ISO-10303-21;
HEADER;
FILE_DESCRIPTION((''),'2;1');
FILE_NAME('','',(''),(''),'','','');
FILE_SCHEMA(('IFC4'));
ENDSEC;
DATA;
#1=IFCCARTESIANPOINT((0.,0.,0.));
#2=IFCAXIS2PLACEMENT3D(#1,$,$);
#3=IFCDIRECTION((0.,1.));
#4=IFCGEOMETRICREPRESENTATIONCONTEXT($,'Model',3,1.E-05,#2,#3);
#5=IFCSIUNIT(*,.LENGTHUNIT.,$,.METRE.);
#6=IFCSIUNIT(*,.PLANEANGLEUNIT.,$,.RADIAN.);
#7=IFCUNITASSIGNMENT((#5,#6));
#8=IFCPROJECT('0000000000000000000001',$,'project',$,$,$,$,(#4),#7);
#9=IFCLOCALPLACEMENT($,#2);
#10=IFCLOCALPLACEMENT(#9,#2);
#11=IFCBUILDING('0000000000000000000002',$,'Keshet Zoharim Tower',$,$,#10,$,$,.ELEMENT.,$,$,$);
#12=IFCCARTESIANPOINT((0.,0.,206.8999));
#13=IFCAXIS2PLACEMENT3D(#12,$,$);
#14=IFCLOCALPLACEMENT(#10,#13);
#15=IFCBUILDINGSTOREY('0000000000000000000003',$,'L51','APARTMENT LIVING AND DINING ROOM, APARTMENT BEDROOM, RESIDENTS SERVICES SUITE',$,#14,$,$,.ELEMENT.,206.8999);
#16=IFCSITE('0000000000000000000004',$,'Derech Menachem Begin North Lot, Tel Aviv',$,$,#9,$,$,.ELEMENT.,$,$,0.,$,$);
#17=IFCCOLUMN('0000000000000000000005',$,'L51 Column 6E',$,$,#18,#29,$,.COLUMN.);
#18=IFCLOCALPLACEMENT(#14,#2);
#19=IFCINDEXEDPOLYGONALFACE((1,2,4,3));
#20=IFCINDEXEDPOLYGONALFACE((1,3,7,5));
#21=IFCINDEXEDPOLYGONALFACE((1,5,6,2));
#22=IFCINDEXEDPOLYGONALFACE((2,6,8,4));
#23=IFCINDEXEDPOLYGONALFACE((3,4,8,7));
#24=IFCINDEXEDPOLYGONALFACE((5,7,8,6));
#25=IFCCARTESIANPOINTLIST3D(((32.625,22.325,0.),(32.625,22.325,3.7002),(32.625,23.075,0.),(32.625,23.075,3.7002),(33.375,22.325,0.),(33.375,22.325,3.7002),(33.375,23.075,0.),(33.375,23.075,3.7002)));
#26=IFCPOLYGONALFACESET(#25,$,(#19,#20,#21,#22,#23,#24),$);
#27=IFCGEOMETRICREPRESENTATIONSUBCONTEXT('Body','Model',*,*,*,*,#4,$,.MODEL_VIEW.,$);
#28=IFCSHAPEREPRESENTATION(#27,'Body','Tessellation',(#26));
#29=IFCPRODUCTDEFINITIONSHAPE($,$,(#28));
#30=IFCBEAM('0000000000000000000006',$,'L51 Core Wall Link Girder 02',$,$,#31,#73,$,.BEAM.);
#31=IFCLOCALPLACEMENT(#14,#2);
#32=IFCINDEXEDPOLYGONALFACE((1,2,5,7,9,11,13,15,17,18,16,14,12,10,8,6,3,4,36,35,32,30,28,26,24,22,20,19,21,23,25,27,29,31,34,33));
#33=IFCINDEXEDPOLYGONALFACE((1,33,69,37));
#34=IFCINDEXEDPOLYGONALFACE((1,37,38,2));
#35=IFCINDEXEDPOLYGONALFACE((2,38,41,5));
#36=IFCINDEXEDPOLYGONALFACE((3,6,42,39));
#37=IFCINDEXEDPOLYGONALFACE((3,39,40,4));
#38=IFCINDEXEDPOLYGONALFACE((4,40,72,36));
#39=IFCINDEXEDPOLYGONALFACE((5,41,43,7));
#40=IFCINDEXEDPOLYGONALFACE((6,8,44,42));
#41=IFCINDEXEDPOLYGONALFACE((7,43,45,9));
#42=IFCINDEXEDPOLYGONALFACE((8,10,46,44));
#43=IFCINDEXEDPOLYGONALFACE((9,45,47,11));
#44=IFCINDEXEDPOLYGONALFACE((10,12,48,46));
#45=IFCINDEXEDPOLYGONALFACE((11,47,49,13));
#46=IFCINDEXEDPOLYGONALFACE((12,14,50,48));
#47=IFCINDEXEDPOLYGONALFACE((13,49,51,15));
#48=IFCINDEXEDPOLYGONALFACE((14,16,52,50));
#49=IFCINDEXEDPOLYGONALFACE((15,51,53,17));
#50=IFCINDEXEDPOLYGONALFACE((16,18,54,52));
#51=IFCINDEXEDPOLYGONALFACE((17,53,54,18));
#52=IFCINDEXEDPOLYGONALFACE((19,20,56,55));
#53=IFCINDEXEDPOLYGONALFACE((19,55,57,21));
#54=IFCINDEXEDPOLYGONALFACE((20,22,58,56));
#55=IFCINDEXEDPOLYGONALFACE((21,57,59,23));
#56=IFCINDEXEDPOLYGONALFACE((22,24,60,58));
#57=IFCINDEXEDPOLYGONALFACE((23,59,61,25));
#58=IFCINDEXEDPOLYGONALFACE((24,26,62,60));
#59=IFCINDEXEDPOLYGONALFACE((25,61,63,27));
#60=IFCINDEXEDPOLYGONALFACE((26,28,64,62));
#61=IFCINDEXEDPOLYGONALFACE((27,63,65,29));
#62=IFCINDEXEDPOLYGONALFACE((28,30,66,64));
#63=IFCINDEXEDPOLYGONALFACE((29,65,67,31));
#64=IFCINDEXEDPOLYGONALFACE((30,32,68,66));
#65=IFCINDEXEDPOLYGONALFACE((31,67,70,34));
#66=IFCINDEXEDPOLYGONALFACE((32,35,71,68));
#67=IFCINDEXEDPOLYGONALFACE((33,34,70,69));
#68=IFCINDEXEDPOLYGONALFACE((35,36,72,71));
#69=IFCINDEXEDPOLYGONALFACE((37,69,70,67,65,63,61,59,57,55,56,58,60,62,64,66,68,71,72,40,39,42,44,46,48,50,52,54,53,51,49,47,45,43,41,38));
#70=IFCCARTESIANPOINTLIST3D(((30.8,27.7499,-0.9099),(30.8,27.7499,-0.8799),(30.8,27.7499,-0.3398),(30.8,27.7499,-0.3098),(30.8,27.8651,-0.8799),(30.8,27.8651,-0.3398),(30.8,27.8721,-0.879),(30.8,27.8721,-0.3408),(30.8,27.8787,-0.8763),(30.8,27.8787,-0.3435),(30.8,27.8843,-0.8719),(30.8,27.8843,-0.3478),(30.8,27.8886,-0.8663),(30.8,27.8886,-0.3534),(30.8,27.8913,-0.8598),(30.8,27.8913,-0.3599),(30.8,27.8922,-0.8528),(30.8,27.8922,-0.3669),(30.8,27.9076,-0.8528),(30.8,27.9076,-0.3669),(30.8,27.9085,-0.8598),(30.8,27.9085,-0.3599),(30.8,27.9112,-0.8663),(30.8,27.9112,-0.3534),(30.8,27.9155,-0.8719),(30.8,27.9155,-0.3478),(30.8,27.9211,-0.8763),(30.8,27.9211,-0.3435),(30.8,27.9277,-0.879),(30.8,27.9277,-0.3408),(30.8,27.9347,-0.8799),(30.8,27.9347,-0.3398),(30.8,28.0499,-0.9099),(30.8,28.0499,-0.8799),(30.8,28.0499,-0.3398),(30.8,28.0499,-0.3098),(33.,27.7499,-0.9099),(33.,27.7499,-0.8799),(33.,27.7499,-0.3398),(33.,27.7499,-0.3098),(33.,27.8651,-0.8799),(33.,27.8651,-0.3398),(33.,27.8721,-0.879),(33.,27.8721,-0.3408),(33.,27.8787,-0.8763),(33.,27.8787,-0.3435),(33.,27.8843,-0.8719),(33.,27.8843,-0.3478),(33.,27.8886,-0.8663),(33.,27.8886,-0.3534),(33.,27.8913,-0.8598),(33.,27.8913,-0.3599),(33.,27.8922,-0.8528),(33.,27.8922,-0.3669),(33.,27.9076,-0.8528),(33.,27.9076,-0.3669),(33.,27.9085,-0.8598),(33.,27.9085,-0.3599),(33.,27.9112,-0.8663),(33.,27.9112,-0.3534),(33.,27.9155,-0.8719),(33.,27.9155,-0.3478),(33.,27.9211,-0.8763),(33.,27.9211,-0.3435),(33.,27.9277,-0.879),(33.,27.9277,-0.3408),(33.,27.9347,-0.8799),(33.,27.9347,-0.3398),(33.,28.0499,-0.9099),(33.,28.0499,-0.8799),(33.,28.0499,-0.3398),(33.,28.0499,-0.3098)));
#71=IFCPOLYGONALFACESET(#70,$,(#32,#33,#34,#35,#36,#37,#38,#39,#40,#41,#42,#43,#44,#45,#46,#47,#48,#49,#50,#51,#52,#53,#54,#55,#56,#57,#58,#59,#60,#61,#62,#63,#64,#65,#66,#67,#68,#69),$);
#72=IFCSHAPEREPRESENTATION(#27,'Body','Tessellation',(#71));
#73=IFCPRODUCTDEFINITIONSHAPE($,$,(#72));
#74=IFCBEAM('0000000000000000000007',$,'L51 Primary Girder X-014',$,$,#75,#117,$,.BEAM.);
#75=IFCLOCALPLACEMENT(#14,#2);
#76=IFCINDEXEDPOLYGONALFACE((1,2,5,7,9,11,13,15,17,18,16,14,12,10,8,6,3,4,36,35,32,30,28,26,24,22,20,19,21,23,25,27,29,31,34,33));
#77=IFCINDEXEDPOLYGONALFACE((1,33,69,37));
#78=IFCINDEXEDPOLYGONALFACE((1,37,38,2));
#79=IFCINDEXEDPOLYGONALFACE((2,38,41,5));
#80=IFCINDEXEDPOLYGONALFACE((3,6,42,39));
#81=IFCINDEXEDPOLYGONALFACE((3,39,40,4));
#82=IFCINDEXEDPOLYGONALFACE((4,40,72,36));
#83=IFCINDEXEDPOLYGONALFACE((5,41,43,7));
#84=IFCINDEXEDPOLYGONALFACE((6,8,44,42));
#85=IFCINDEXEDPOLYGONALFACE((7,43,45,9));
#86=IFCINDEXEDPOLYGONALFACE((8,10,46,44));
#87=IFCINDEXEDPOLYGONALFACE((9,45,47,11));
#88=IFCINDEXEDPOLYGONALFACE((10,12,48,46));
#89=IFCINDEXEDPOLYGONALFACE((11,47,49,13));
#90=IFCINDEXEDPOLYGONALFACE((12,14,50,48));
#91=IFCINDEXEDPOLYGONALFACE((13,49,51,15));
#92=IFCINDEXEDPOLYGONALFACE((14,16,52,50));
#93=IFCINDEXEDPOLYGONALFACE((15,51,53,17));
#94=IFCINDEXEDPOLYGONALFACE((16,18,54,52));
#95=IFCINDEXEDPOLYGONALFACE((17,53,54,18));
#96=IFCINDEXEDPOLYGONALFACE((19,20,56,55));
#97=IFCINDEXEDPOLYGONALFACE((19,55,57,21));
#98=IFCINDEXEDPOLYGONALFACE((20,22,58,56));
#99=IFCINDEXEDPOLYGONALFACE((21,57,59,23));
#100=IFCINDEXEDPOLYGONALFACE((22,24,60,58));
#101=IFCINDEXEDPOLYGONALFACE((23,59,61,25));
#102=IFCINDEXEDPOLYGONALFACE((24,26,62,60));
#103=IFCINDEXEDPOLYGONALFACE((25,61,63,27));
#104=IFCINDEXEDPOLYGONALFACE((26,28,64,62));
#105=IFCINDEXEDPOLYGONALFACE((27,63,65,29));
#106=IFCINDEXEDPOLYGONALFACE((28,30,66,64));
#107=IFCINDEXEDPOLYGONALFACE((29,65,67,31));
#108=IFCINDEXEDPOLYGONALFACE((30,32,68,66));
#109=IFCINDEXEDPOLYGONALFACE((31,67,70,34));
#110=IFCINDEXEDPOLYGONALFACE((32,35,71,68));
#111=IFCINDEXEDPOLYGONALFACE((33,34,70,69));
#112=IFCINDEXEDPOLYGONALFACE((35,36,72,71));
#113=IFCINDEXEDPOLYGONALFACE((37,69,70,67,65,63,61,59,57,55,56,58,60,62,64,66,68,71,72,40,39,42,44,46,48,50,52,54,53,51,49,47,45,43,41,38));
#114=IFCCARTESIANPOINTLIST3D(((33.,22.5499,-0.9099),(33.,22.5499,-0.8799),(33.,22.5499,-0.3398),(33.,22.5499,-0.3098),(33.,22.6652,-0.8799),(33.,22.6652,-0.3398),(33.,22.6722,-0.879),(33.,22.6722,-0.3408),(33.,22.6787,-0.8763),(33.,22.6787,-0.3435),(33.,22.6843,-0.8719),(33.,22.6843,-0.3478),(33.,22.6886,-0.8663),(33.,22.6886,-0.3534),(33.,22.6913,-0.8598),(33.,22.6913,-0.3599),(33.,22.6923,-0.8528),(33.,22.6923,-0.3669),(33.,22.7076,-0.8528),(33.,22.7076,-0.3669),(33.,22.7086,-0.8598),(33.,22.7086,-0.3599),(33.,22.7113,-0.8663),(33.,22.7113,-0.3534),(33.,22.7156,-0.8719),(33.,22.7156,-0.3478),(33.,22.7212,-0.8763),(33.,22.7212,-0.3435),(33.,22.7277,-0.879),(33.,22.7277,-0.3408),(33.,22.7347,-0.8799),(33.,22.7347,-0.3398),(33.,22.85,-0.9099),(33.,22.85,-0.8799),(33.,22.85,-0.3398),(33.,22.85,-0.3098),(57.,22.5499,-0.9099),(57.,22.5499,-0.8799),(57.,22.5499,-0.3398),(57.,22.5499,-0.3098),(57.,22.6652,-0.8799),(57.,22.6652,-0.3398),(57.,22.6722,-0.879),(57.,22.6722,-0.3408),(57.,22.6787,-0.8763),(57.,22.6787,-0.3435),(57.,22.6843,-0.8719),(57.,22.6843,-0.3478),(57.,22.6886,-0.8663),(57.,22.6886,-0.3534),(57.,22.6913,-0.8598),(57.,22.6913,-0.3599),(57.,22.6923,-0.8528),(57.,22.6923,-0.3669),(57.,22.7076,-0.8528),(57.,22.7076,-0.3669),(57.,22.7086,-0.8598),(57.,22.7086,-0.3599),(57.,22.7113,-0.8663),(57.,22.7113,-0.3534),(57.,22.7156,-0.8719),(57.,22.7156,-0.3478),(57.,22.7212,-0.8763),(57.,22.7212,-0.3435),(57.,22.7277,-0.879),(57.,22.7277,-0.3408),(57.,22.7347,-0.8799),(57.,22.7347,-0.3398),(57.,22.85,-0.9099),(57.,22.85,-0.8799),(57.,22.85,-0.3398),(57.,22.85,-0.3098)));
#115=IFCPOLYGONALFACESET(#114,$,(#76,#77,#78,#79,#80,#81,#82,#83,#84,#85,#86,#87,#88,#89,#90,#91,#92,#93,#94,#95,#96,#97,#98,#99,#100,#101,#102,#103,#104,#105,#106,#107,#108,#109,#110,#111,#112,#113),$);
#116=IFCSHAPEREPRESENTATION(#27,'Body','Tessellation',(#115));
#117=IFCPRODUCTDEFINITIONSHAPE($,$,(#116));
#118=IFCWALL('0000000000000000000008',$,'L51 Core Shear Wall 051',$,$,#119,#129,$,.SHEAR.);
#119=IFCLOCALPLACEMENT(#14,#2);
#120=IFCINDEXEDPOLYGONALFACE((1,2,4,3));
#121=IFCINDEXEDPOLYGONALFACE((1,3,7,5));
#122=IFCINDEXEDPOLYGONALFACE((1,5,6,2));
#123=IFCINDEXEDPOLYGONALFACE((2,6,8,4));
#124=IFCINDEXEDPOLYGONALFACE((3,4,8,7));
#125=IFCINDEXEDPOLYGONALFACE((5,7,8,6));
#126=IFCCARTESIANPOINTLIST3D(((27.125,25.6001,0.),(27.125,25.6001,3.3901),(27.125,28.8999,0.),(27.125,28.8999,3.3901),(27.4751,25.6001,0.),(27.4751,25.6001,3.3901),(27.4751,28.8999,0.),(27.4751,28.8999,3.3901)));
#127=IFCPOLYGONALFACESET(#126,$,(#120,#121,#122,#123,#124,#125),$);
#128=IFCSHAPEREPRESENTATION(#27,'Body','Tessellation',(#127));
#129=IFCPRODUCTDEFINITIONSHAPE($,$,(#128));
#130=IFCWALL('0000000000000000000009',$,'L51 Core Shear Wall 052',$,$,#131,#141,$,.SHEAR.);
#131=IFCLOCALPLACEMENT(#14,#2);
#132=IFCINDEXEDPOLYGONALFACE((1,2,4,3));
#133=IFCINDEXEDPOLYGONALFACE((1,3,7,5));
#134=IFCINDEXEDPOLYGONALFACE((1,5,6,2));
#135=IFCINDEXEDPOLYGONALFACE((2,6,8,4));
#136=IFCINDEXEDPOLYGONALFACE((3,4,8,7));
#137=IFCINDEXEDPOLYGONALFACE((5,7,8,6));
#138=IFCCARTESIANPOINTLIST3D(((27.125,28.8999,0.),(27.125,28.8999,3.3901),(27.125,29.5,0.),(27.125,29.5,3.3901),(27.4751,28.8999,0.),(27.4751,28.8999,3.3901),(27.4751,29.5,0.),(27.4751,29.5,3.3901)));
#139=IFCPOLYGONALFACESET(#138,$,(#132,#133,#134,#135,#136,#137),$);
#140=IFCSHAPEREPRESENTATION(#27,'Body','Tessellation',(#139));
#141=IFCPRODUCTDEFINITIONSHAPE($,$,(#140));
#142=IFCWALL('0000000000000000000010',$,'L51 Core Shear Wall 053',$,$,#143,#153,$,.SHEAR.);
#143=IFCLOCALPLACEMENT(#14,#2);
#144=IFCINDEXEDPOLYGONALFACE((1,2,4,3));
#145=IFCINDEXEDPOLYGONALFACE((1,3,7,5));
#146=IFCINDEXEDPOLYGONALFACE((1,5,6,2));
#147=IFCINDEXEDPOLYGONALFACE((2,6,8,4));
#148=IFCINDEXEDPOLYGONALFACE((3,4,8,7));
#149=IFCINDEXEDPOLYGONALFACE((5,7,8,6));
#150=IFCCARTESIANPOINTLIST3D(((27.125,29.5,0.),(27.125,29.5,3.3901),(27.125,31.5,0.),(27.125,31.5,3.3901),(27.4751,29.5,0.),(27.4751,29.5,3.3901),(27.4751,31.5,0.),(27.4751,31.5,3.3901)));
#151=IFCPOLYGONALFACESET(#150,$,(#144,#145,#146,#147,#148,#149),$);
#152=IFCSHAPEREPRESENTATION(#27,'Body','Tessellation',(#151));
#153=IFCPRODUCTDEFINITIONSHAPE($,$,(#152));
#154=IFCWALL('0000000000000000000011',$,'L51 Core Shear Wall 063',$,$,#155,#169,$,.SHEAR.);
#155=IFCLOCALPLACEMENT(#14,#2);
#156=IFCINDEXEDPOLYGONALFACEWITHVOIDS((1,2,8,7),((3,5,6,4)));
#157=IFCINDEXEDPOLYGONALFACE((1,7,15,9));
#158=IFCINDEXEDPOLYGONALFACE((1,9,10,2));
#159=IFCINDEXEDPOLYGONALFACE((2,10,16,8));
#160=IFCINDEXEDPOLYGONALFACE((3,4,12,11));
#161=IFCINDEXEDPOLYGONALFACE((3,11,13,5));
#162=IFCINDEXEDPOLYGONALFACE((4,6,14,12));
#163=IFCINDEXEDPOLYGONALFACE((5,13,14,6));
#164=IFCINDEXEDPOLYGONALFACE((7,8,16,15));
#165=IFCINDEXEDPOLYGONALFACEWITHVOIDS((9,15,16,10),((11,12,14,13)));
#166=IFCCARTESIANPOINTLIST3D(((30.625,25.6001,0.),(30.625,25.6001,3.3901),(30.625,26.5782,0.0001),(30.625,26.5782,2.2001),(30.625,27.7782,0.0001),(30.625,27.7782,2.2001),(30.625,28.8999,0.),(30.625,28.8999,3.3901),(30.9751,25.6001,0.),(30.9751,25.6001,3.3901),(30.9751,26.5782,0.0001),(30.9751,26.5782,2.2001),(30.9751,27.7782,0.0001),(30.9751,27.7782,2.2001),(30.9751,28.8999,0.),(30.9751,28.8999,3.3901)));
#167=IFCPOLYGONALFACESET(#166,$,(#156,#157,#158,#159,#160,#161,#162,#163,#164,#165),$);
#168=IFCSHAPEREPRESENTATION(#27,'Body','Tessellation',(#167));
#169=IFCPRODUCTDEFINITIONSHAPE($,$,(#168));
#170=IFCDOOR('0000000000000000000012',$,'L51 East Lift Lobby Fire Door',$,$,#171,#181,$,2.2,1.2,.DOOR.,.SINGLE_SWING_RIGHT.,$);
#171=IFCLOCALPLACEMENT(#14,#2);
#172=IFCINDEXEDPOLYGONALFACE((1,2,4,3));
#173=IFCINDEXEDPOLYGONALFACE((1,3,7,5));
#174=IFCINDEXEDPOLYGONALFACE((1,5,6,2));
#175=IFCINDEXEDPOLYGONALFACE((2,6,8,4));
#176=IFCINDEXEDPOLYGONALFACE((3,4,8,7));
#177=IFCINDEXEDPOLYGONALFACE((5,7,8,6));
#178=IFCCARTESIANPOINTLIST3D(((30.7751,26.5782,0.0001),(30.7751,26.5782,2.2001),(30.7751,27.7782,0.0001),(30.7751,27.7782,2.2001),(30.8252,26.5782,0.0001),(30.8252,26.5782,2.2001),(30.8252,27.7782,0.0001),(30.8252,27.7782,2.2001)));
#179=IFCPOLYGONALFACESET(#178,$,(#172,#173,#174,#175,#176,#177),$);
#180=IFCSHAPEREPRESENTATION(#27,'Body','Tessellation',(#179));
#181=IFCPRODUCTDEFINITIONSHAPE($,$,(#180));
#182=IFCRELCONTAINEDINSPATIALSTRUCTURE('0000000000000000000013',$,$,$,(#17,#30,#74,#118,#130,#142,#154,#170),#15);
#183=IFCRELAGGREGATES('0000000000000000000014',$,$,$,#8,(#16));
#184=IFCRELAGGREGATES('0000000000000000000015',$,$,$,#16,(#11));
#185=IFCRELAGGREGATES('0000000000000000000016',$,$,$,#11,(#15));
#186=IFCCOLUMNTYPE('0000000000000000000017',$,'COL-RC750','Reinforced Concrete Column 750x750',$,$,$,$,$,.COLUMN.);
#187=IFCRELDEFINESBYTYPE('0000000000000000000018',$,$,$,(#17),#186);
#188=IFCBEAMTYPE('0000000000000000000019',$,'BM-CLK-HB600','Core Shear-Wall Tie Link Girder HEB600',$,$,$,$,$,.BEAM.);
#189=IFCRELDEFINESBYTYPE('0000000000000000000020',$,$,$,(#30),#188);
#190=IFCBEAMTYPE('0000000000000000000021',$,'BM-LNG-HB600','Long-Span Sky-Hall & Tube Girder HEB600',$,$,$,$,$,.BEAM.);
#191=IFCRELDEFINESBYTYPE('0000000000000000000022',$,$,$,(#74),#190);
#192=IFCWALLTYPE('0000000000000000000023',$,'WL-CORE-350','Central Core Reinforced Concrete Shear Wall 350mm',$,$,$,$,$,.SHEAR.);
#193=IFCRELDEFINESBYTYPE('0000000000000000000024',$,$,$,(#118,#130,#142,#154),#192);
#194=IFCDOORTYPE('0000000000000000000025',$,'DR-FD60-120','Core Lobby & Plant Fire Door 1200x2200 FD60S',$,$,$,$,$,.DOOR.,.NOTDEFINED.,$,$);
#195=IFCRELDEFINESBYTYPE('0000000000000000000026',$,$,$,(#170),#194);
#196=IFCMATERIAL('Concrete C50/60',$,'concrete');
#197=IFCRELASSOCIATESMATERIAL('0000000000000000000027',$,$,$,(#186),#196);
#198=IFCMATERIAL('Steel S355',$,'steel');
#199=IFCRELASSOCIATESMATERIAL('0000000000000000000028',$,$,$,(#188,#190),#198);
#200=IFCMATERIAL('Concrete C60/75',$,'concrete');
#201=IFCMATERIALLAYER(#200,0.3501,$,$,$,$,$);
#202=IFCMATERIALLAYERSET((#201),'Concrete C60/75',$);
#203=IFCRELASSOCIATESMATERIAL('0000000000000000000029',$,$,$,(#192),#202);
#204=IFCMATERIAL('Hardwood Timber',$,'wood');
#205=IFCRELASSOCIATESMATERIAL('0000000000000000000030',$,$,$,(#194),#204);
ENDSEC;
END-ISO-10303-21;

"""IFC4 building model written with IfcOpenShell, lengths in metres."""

from ifc_helpers import new_model, si_unit, direction, frame, frame_2d, origin, origin_2d, place, context, subcontext, project, spatial, rectangle, i_section, extrude, material, layer, layer_set, material_profile, profile_set, type_object, element, fill, save


model = new_model("IFC4")

# Units and contexts
model_context = context("Model", 3, precision=1e-05, world=origin(), true_north=direction((0.0, 1.0)))
body_context = subcontext(model_context, "Body", "Model", "MODEL_VIEW")
ifc_project = project(units=[si_unit("LENGTHUNIT", "METRE"), si_unit("PLANEANGLEUNIT", "RADIAN")], contexts=[model_context])

# Site, building, storey
site_placement = place(None, origin())
site = spatial("IfcSite", under=ifc_project, at=site_placement, Name="Derech Menachem Begin North Lot, Tel Aviv", CompositionType="ELEMENT", RefElevation=0.0)
building_placement = place(site_placement, origin())
building = spatial("IfcBuilding", under=site, at=building_placement, Name="Keshet Zoharim Tower", CompositionType="ELEMENT")
storey_placement = place(building_placement, frame((0.0, 0.0, 206.8999)))
storey = spatial("IfcBuildingStorey", under=building, at=storey_placement, Name="L51", Description="APARTMENT LIVING AND DINING ROOM, APARTMENT BEDROOM, RESIDENTS SERVICES SUITE", CompositionType="ELEMENT", Elevation=206.8999)

# Column
ifc_material_1 = material(Name="Concrete C50/60", Category="concrete")
ifc_material_profile_1 = material_profile(ifc_material_1, rectangle(XDim=0.75, YDim=0.75, at=origin_2d()), Name="RC750x750")
ifc_profile_set_1 = profile_set([ifc_material_profile_1], Name="Concrete C50/60")
column_type = type_object("IfcColumnType", Name="COL-RC750", Description="Reinforced Concrete Column 750x750", PredefinedType="COLUMN", material=ifc_profile_set_1)
column_placement = place(storey_placement, frame((33.0, 22.7, 0.0), z_axis=(0.0, 0.0, 1.0), x_axis=(1.0, 0.0, 0.0)))
element("IfcColumn", 1, at=column_placement, inside=storey, type_object=column_type, Name="L51 Column 6E", PredefinedType="COLUMN", context=body_context, shape_type="SweptSolid", body=[
    extrude(rectangle(XDim=0.75, YDim=0.75, at=origin_2d()), origin(), (0.0, 0.0, 1.0), 3.7002),
])

# Beams
ifc_material_2 = material(Name="Steel S355", Category="steel")
ifc_material_profile_2 = material_profile(ifc_material_2, i_section(OverallWidth=0.3, OverallDepth=0.6001, WebThickness=0.0154, FlangeThickness=0.03, FilletRadius=0.0271, at=origin_2d()), Name="HEB600")
ifc_profile_set_2 = profile_set([ifc_material_profile_2], Name="Steel S355")
beam_type_1 = type_object("IfcBeamType", Name="BM-CLK-HB600", Description="Core Shear-Wall Tie Link Girder HEB600", PredefinedType="BEAM", material=ifc_profile_set_2)
beam_1_placement = place(storey_placement, frame((30.8, 27.8999, -0.6099), z_axis=(1.0, 0.0, 0.0), x_axis=(0.0, 1.0, 0.0)))
element("IfcBeam", 2, at=beam_1_placement, inside=storey, type_object=beam_type_1, Name="L51 Core Wall Link Girder 02", PredefinedType="BEAM", context=body_context, shape_type="SweptSolid", body=[
    extrude(i_section(OverallWidth=0.3, OverallDepth=0.6001, WebThickness=0.0154, FlangeThickness=0.03, FilletRadius=0.0271, at=origin_2d()), origin(), (0.0, 0.0, 1.0), 2.2),
])
ifc_material_profile_3 = material_profile(ifc_material_2, i_section(OverallWidth=0.3, OverallDepth=0.6001, WebThickness=0.0154, FlangeThickness=0.03, FilletRadius=0.0271, at=origin_2d()), Name="HEB600")
ifc_profile_set_3 = profile_set([ifc_material_profile_3], Name="Steel S355")
beam_type_2 = type_object("IfcBeamType", Name="BM-LNG-HB600", Description="Long-Span Sky-Hall & Tube Girder HEB600", PredefinedType="BEAM", material=ifc_profile_set_3)
beam_2_placement = place(storey_placement, frame((33.0, 22.7, -0.6099), z_axis=(1.0, 0.0, 0.0), x_axis=(0.0, 1.0, 0.0)))
element("IfcBeam", 3, at=beam_2_placement, inside=storey, type_object=beam_type_2, Name="L51 Primary Girder X-014", PredefinedType="BEAM", context=body_context, shape_type="SweptSolid", body=[
    extrude(i_section(OverallWidth=0.3, OverallDepth=0.6001, WebThickness=0.0154, FlangeThickness=0.03, FilletRadius=0.0271, at=origin_2d()), origin(), (0.0, 0.0, 1.0), 24.0),
])

# Walls
ifc_material_3 = material(Name="Concrete C60/75", Category="concrete")
ifc_layer_1 = layer(ifc_material_3, 0.3501)
ifc_layer_set_1 = layer_set([ifc_layer_1], Name="Concrete C60/75")
wall_type_1 = type_object("IfcWallType", Name="WL-CORE-350", Description="Central Core Reinforced Concrete Shear Wall 350mm", PredefinedType="SHEAR", material=ifc_layer_set_1)
wall_1_placement = place(storey_placement, frame((27.3, 25.6001, 0.0), z_axis=(0.0, 0.0, 1.0), x_axis=(0.0, 1.0, 0.0)))
element("IfcWall", 4, at=wall_1_placement, inside=storey, type_object=wall_type_1, Name="L51 Core Shear Wall 051", PredefinedType="SHEAR", context=body_context, shape_type="SweptSolid", body=[
    extrude(rectangle(XDim=3.2998, YDim=0.3501, at=frame_2d((1.6499, 0.0))), origin(), (0.0, 0.0, 1.0), 3.3901),
])
wall_2_placement = place(storey_placement, frame((27.3, 28.8999, 0.0), z_axis=(0.0, 0.0, 1.0), x_axis=(0.0, 1.0, 0.0)))
element("IfcWall", 5, at=wall_2_placement, inside=storey, type_object=wall_type_1, Name="L51 Core Shear Wall 052", PredefinedType="SHEAR", context=body_context, shape_type="SweptSolid", body=[
    extrude(rectangle(XDim=0.6001, YDim=0.3501, at=frame_2d((0.3, 0.0))), origin(), (0.0, 0.0, 1.0), 3.3901),
])
wall_3_placement = place(storey_placement, frame((27.3, 29.5, 0.0), z_axis=(0.0, 0.0, 1.0), x_axis=(0.0, 1.0, 0.0)))
element("IfcWall", 6, at=wall_3_placement, inside=storey, type_object=wall_type_1, Name="L51 Core Shear Wall 053", PredefinedType="SHEAR", context=body_context, shape_type="SweptSolid", body=[
    extrude(rectangle(XDim=2.0, YDim=0.3501, at=frame_2d((1.0, 0.0))), origin(), (0.0, 0.0, 1.0), 3.3901),
])

# Wall, opening, door
wall_4_placement = place(storey_placement, frame((30.8, 25.6001, 0.0), z_axis=(0.0, 0.0, 1.0), x_axis=(0.0, 1.0, 0.0)))
wall_4 = element("IfcWall", 7, at=wall_4_placement, inside=storey, type_object=wall_type_1, Name="L51 Core Shear Wall 063", PredefinedType="SHEAR", context=body_context, shape_type="SweptSolid", body=[
    extrude(rectangle(XDim=3.2998, YDim=0.3501, at=frame_2d((1.6499, 0.0))), origin(), (0.0, 0.0, 1.0), 3.3901),
])
opening_1_placement = place(wall_4_placement, frame((0.978, 0.0, 0.0)))
opening_1 = element("IfcOpeningElement", 8, at=opening_1_placement, cuts=wall_4, PredefinedType="OPENING", context=body_context, shape_type="SweptSolid", body=[
    extrude(rectangle(XDim=1.2, YDim=2.2, at=frame_2d((0.6001, 1.1001))), frame((0.0, 0.1851, 0.0), z_axis=(0.0, -1.0, 0.0), x_axis=(1.0, 0.0, 0.0)), (0.0, 0.0, 1.0), 0.3701),
])
ifc_material_4 = material(Name="Hardwood Timber", Category="wood")
door_type_1 = type_object("IfcDoorType", Name="DR-FD60-120", Description="Core Lobby & Plant Fire Door 1200x2200 FD60S", OperationType="NOTDEFINED", PredefinedType="DOOR", material=ifc_material_4)
door_1_placement = place(opening_1_placement, origin())
door_1 = element("IfcDoor", 9, at=door_1_placement, inside=storey, type_object=door_type_1, Name="L51 East Lift Lobby Fire Door", OperationType="SINGLE_SWING_RIGHT", OverallHeight=2.2, OverallWidth=1.2, PredefinedType="DOOR", context=body_context, shape_type="SweptSolid", body=[
    extrude(rectangle(XDim=1.2, YDim=2.2, at=frame_2d((0.6001, 1.1001))), frame((0.0, 0.0249, 0.0), z_axis=(0.0, -1.0, 0.0), x_axis=(1.0, 0.0, 0.0)), (0.0, 0.0, 1.0), 0.05),
])
fill(opening_1, door_1)

save(model, "model.ifc")
